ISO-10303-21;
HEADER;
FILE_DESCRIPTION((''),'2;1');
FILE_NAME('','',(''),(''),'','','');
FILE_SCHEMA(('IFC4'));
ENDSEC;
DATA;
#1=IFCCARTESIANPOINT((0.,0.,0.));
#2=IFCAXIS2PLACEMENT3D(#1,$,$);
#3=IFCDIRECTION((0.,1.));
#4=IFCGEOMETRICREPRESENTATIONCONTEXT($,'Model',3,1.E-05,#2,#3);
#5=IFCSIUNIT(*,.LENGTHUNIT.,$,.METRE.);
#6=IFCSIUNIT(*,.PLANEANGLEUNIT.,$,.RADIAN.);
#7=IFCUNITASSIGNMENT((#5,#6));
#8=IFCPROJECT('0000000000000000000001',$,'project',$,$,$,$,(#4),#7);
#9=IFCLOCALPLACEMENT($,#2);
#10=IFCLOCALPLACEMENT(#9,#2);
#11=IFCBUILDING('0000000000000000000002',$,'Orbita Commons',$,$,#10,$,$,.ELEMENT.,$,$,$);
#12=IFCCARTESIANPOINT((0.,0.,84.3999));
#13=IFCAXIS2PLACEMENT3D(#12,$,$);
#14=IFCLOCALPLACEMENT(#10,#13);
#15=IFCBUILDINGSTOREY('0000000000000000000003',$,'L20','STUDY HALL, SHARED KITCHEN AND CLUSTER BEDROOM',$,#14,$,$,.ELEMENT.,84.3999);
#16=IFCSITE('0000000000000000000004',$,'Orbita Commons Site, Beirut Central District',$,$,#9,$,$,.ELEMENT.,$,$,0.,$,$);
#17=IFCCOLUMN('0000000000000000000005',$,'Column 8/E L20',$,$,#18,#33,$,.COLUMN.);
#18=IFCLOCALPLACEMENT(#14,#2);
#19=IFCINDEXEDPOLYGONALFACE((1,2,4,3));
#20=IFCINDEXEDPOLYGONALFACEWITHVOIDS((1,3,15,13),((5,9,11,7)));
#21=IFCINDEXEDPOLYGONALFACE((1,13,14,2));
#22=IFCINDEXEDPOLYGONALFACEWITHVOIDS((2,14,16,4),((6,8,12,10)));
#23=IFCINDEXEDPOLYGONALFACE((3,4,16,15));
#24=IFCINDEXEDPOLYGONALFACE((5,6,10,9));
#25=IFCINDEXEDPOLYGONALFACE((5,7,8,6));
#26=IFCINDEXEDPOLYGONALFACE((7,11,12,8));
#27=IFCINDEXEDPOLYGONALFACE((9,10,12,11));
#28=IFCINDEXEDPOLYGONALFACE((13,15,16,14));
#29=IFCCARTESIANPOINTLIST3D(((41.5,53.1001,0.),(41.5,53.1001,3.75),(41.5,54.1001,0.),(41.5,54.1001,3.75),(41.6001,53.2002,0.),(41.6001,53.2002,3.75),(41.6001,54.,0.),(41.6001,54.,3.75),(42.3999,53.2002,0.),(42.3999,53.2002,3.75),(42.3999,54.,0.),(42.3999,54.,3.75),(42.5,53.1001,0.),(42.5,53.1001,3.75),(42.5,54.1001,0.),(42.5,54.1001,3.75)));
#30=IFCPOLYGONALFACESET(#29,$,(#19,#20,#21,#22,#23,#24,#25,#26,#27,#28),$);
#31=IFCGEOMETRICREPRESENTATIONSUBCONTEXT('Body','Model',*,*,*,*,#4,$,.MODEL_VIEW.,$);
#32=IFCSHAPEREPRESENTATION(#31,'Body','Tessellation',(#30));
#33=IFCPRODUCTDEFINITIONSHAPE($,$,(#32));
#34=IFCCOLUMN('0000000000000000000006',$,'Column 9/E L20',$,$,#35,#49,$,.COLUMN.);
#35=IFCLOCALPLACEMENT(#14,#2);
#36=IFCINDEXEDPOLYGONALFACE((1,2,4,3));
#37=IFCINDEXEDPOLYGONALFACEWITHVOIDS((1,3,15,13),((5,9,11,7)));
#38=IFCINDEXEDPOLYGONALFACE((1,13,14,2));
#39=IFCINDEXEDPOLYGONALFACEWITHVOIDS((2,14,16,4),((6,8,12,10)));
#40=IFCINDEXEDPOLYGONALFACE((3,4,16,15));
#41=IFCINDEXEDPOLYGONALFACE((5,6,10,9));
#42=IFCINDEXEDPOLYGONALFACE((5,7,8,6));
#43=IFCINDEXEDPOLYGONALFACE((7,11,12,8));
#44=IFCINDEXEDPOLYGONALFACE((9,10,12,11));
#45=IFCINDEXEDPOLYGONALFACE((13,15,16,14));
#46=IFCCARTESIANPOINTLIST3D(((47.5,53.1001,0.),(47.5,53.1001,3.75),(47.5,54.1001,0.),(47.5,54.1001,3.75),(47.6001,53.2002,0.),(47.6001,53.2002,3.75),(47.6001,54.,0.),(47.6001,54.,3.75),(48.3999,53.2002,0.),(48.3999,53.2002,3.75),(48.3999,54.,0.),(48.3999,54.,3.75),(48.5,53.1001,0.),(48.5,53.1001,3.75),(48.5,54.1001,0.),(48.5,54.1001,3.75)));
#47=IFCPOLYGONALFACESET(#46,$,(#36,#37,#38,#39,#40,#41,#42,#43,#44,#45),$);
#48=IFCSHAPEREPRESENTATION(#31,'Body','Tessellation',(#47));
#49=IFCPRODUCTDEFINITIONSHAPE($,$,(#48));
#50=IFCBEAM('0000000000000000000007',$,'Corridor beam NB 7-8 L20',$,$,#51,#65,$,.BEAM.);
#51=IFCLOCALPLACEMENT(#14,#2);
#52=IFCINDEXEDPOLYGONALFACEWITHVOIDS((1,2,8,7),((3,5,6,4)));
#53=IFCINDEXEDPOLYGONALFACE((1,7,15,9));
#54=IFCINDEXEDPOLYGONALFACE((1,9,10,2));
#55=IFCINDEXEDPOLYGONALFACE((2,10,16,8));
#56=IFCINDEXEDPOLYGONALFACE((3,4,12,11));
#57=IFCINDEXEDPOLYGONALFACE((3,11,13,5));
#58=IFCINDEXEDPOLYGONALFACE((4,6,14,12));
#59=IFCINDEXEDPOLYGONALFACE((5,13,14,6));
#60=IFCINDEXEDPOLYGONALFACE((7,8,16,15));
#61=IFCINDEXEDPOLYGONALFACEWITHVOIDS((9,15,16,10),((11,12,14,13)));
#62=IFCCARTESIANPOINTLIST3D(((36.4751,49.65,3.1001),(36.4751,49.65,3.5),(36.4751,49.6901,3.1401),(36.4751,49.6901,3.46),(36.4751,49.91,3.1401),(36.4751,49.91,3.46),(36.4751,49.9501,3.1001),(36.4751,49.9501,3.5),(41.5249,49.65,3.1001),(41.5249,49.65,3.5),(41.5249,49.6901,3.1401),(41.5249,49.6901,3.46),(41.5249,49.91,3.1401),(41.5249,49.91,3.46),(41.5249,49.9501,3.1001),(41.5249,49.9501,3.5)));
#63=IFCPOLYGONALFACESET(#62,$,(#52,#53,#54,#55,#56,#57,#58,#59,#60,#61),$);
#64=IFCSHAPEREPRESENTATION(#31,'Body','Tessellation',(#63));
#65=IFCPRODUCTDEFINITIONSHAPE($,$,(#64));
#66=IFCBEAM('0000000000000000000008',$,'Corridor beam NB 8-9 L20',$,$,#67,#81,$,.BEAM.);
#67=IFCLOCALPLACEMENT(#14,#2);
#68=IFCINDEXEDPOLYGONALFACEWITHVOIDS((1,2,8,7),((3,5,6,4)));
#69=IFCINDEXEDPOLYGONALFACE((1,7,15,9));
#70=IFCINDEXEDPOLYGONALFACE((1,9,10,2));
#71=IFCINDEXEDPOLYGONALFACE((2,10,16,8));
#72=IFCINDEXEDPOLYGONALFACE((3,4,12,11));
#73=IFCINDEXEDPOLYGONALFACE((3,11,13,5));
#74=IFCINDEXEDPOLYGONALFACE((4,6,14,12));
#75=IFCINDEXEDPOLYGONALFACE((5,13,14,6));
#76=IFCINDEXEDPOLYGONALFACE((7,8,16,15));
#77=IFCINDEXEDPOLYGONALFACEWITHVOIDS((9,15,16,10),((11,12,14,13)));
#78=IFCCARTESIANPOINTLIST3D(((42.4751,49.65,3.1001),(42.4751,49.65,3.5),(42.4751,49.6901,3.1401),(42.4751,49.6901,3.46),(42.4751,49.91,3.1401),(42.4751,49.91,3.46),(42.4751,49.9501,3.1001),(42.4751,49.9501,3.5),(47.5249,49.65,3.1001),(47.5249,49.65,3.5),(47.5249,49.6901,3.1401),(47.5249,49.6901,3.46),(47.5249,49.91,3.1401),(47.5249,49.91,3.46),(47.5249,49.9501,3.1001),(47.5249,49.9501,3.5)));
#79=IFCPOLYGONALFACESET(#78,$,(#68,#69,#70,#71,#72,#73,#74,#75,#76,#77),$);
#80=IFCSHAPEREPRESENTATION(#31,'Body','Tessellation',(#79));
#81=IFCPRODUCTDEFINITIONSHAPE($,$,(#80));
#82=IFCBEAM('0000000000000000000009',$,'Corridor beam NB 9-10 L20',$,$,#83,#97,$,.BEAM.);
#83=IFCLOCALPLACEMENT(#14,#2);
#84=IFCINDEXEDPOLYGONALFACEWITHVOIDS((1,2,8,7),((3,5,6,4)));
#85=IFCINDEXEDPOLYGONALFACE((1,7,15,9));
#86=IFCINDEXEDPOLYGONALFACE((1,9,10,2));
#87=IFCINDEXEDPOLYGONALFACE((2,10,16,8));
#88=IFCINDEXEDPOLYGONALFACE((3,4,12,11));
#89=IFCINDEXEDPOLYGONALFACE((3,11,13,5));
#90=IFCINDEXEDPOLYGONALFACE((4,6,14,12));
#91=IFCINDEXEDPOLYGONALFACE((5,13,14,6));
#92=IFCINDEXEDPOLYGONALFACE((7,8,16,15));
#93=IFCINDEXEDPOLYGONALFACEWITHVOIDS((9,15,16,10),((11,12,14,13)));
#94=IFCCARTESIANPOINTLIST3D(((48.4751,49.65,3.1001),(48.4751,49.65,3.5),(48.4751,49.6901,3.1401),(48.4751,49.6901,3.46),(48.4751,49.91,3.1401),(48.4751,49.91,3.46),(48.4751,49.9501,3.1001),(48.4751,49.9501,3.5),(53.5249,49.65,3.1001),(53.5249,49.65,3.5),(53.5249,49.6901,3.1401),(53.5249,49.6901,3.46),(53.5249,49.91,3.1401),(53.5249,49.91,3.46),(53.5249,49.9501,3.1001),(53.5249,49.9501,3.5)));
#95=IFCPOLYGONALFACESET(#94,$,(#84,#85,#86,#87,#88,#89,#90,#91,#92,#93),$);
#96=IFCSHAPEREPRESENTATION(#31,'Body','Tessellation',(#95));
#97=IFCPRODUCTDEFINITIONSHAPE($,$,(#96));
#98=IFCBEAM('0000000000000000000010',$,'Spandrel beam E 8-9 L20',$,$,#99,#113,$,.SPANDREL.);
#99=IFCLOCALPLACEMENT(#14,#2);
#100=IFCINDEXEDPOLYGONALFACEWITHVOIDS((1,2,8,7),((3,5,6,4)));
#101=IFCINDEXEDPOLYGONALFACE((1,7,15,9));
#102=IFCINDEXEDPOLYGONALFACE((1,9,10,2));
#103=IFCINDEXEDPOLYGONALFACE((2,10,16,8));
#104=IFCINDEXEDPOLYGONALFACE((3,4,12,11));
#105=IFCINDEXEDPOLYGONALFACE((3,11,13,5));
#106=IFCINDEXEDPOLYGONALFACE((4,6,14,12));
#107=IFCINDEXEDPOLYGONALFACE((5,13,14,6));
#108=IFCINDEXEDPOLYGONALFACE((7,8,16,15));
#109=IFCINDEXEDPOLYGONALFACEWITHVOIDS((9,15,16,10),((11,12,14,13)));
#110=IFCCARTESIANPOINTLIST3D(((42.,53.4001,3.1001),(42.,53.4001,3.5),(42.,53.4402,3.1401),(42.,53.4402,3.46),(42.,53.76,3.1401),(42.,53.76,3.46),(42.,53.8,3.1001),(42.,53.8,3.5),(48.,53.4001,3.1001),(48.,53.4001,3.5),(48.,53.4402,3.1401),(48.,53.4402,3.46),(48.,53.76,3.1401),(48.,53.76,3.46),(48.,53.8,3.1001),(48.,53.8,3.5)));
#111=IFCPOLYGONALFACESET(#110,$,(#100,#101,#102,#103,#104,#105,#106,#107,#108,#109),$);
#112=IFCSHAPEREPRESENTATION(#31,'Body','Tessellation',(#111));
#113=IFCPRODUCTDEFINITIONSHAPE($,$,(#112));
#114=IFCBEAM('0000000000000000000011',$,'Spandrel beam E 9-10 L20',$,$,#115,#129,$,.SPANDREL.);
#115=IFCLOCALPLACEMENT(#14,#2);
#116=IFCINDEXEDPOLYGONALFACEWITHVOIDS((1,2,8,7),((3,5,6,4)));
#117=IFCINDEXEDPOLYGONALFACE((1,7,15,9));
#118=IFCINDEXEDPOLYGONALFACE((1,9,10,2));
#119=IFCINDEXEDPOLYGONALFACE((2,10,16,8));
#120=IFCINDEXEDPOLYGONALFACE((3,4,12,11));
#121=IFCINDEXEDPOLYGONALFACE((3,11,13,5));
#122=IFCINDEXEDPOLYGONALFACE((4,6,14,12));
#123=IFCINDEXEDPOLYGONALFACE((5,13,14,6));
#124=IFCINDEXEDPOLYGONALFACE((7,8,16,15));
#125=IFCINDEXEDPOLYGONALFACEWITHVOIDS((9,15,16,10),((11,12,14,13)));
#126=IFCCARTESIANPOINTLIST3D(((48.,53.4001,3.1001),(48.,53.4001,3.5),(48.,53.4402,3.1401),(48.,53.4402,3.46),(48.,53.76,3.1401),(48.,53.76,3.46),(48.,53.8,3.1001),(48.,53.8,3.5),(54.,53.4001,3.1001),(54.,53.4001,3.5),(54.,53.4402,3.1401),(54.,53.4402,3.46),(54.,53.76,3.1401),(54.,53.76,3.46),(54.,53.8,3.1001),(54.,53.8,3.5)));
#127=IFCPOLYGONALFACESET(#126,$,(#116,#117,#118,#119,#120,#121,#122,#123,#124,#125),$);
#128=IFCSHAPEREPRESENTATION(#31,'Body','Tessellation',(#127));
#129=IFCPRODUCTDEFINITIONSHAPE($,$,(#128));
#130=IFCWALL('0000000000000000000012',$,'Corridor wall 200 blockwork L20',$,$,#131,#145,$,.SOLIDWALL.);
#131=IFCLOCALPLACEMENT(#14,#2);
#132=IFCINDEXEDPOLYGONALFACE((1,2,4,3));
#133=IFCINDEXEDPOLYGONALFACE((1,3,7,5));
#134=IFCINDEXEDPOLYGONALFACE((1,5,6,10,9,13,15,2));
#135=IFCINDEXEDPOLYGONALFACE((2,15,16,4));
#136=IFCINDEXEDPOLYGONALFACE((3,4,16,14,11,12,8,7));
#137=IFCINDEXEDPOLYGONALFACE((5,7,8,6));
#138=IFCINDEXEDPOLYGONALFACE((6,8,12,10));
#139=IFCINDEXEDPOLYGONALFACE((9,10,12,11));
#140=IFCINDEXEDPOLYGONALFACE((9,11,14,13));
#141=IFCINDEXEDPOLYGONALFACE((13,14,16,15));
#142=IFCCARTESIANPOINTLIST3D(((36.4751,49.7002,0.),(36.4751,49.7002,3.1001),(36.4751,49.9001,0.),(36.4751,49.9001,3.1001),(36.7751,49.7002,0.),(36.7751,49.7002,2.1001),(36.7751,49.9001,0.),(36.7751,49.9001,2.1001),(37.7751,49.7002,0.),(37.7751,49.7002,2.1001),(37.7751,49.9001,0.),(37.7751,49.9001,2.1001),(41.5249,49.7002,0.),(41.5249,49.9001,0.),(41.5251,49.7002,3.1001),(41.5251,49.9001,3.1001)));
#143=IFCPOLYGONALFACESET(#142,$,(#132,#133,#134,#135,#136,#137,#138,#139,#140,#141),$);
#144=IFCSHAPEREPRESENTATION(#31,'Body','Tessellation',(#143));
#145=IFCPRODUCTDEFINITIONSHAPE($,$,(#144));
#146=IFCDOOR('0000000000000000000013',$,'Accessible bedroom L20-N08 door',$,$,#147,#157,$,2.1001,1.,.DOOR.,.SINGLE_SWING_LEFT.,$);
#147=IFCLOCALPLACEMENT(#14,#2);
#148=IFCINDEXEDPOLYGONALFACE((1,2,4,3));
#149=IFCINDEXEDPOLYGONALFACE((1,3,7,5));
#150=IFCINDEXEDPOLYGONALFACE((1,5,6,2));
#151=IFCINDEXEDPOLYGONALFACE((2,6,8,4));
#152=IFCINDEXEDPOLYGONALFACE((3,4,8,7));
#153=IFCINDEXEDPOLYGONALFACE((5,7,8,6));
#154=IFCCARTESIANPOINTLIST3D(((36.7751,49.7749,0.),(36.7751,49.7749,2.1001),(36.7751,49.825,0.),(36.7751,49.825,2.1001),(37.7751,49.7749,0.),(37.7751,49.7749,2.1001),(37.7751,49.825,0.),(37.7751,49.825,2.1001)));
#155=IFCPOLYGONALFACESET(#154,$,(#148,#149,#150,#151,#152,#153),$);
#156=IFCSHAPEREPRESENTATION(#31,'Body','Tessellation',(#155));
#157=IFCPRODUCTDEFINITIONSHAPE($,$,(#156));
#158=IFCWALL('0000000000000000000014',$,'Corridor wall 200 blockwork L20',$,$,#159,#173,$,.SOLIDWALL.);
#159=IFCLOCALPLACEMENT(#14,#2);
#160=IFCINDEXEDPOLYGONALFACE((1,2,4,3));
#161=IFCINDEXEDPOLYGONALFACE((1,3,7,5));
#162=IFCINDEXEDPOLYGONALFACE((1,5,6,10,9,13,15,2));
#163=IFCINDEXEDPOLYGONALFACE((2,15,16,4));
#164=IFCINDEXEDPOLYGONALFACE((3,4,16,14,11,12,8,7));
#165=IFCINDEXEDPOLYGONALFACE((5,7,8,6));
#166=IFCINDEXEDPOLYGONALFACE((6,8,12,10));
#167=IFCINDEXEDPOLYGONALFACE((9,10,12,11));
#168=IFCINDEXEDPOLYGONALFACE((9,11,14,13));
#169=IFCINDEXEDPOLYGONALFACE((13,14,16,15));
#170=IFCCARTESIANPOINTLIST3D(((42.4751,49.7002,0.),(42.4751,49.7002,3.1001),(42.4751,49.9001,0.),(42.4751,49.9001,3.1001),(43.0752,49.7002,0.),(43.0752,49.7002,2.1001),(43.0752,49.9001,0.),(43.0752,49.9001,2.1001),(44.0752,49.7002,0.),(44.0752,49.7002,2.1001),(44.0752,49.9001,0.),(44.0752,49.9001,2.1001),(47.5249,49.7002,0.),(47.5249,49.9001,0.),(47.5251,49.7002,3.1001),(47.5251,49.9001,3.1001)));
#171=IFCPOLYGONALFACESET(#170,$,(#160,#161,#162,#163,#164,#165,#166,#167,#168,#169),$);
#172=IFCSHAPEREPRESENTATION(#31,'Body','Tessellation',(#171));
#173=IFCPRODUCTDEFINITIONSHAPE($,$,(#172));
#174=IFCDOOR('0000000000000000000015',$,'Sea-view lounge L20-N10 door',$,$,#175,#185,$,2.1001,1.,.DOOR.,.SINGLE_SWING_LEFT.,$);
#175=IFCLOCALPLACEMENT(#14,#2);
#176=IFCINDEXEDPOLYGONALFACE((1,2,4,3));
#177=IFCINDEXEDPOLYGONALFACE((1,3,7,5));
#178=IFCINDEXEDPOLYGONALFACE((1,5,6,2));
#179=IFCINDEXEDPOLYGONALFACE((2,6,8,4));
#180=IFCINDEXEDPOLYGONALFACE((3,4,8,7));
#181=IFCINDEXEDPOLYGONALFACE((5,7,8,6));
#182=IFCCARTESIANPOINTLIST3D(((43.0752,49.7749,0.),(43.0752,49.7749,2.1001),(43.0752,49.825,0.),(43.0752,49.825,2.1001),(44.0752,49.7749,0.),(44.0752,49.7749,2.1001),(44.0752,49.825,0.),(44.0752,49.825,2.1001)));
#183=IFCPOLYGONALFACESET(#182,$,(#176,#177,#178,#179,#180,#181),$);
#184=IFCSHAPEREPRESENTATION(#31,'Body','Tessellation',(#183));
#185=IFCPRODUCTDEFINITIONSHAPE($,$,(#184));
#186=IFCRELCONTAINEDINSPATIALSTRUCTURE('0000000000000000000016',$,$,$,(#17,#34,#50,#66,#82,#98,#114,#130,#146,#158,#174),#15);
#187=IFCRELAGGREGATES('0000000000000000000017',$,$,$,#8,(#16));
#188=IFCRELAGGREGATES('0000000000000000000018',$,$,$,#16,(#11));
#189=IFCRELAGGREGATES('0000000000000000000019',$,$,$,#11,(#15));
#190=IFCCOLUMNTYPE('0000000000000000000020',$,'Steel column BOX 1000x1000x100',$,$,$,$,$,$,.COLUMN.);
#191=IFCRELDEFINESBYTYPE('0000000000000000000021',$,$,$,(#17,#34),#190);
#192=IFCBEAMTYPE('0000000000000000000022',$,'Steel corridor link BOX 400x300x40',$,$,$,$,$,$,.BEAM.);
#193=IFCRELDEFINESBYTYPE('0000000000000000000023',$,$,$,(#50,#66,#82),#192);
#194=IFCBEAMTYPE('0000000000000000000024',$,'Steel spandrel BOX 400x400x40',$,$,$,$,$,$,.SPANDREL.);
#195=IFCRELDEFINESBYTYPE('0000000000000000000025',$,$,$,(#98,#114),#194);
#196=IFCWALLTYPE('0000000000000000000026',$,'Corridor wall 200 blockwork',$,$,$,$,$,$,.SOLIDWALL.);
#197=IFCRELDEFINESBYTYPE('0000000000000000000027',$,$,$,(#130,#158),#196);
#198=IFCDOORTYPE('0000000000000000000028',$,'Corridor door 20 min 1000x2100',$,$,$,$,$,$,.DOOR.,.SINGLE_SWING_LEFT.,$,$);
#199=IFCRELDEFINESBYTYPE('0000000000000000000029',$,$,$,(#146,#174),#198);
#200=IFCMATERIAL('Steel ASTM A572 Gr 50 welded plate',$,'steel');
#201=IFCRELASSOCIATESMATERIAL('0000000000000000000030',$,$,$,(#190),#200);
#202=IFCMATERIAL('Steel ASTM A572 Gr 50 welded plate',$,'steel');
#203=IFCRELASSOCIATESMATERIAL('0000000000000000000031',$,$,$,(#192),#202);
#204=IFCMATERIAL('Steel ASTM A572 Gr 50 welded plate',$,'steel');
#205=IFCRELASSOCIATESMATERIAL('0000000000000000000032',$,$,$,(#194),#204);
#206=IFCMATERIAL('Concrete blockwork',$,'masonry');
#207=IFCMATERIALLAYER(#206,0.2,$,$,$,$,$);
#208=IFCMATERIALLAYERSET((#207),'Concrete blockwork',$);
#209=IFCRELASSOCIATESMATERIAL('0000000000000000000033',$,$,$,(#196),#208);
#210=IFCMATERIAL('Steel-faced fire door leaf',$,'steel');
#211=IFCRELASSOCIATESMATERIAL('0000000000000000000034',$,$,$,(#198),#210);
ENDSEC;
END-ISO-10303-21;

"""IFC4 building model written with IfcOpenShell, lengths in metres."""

from ifc_helpers import new_model, si_unit, direction, frame, frame_2d, origin, origin_2d, place, context, subcontext, project, spatial, polyline, rectangle, hollow_rectangle, outline, extrude, material, layer, layer_set, material_profile, profile_set, type_object, element, fill, save


model = new_model("IFC4")

# Units and contexts
model_context = context("Model", 3, precision=1e-05, world=origin(), true_north=direction((0.0, 1.0)))
body_context = subcontext(model_context, "Body", "Model", "MODEL_VIEW")
ifc_project = project(units=[si_unit("LENGTHUNIT", "METRE"), si_unit("PLANEANGLEUNIT", "RADIAN")], contexts=[model_context])

# Site, building, storey
site_placement = place(None, origin())
site = spatial("IfcSite", under=ifc_project, at=site_placement, Name="Orbita Commons Site, Beirut Central District", CompositionType="ELEMENT", RefElevation=0.0)
building_placement = place(site_placement, origin())
building = spatial("IfcBuilding", under=site, at=building_placement, Name="Orbita Commons", CompositionType="ELEMENT")
storey_placement = place(building_placement, frame((0.0, 0.0, 84.3999)))
storey = spatial("IfcBuildingStorey", under=building, at=storey_placement, Name="L20", Description="STUDY HALL, SHARED KITCHEN AND CLUSTER BEDROOM", CompositionType="ELEMENT", Elevation=84.3999)

# Columns
ifc_material_1 = material(Name="Steel ASTM A572 Gr 50 welded plate", Category="steel")
ifc_material_profile_1 = material_profile(ifc_material_1, hollow_rectangle(XDim=1.0, YDim=1.0, WallThickness=0.1001, at=origin_2d()), Name="BOX 1000x1000x100")
ifc_profile_set_1 = profile_set([ifc_material_profile_1], Name="Steel ASTM A572 Gr 50 welded plate")
column_type = type_object("IfcColumnType", Name="Steel column BOX 1000x1000x100", PredefinedType="COLUMN", material=ifc_profile_set_1)
for number, where, z_axis, x_axis, name in (
    (1, (42.0, 53.6001, 0.0), (0.0, 0.0, 1.0), (1.0, 0.0, 0.0), "Column 8/E L20"),
    (2, (48.0, 53.6001, 0.0), (0.0, 0.0, 1.0), (1.0, 0.0, 0.0), "Column 9/E L20"),
):
    element("IfcColumn", number, at=place(storey_placement, frame(where, z_axis=z_axis, x_axis=x_axis)), inside=storey, type_object=column_type, Name=name, PredefinedType="COLUMN", context=body_context, shape_type="SweptSolid", body=[
        extrude(hollow_rectangle(XDim=1.0, YDim=1.0, WallThickness=0.1001, at=origin_2d()), origin(), (0.0, 0.0, 1.0), 3.75),
    ])

# Beams
ifc_material_2 = material(Name="Steel ASTM A572 Gr 50 welded plate", Category="steel")
ifc_material_profile_2 = material_profile(ifc_material_2, hollow_rectangle(XDim=0.3, YDim=0.3999, WallThickness=0.04, at=origin_2d()), Name="BOX 400x300x40")
ifc_profile_set_2 = profile_set([ifc_material_profile_2], Name="Steel ASTM A572 Gr 50 welded plate")
beam_type_1 = type_object("IfcBeamType", Name="Steel corridor link BOX 400x300x40", PredefinedType="BEAM", material=ifc_profile_set_2)
for number, where, z_axis, x_axis, name in (
    (3, (36.4751, 49.8, 3.3), (1.0, 0.0, 0.0), (0.0, 1.0, 0.0), "Corridor beam NB 7-8 L20"),
    (4, (42.4751, 49.8, 3.3), (1.0, 0.0, 0.0), (0.0, 1.0, 0.0), "Corridor beam NB 8-9 L20"),
    (5, (48.4751, 49.8, 3.3), (1.0, 0.0, 0.0), (0.0, 1.0, 0.0), "Corridor beam NB 9-10 L20"),
):
    element("IfcBeam", number, at=place(storey_placement, frame(where, z_axis=z_axis, x_axis=x_axis)), inside=storey, type_object=beam_type_1, Name=name, PredefinedType="BEAM", context=body_context, shape_type="SweptSolid", body=[
        extrude(hollow_rectangle(XDim=0.3, YDim=0.3999, WallThickness=0.04, at=origin_2d()), origin(), (0.0, 0.0, 1.0), 5.0498),
    ])
ifc_material_3 = material(Name="Steel ASTM A572 Gr 50 welded plate", Category="steel")
ifc_material_profile_3 = material_profile(ifc_material_3, hollow_rectangle(XDim=0.3999, YDim=0.3999, WallThickness=0.04, at=origin_2d()), Name="BOX 400x400x40")
ifc_profile_set_3 = profile_set([ifc_material_profile_3], Name="Steel ASTM A572 Gr 50 welded plate")
beam_type_2 = type_object("IfcBeamType", Name="Steel spandrel BOX 400x400x40", PredefinedType="SPANDREL", material=ifc_profile_set_3)
for number, where, z_axis, x_axis, name in (
    (6, (42.0, 53.6001, 3.3), (1.0, 0.0, 0.0), (0.0, 1.0, 0.0), "Spandrel beam E 8-9 L20"),
    (7, (48.0, 53.6001, 3.3), (1.0, 0.0, 0.0), (0.0, 1.0, 0.0), "Spandrel beam E 9-10 L20"),
):
    element("IfcBeam", number, at=place(storey_placement, frame(where, z_axis=z_axis, x_axis=x_axis)), inside=storey, type_object=beam_type_2, Name=name, PredefinedType="SPANDREL", context=body_context, shape_type="SweptSolid", body=[
        extrude(hollow_rectangle(XDim=0.3999, YDim=0.3999, WallThickness=0.04, at=origin_2d()), origin(), (0.0, 0.0, 1.0), 6.0),
    ])

# Walls, openings, doors
ifc_material_4 = material(Name="Concrete blockwork", Category="masonry")
ifc_layer_1 = layer(ifc_material_4, 0.2)
ifc_layer_set_1 = layer_set([ifc_layer_1], Name="Concrete blockwork")
wall_type_1 = type_object("IfcWallType", Name="Corridor wall 200 blockwork", PredefinedType="SOLIDWALL", material=ifc_layer_set_1)
wall_1_placement = place(storey_placement, frame((36.4751, 49.8, 0.0), z_axis=(0.0, 0.0, 1.0), x_axis=(1.0, 0.0, 0.0)))
wall_1 = element("IfcWall", 8, at=wall_1_placement, inside=storey, type_object=wall_type_1, Name="Corridor wall 200 blockwork L20", PredefinedType="SOLIDWALL", context=body_context, shape_type="SweptSolid", body=[
    extrude(outline(polyline([(0.0, 0.0), (5.0498, 0.0), (5.05, 3.1001), (0.0, 3.1001), (0.0, 0.0)])), frame((0.0, 0.1001, 0.0), z_axis=(0.0, -1.0, 0.0), x_axis=(1.0, 0.0, 0.0)), (0.0, 0.0, 1.0), 0.2),
])
opening_1_placement = place(wall_1_placement, frame((0.3, 0.0, 0.0)))
opening_1 = element("IfcOpeningElement", 9, at=opening_1_placement, cuts=wall_1, PredefinedType="OPENING", context=body_context, shape_type="SweptSolid", body=[
    extrude(rectangle(XDim=1.0, YDim=2.1001, at=frame_2d((0.5, 1.05))), frame((0.0, 0.1099, 0.0), z_axis=(0.0, -1.0, 0.0), x_axis=(1.0, 0.0, 0.0)), (0.0, 0.0, 1.0), 0.22),
])
ifc_material_5 = material(Name="Steel-faced fire door leaf", Category="steel")
door_type_1 = type_object("IfcDoorType", Name="Corridor door 20 min 1000x2100", OperationType="SINGLE_SWING_LEFT", PredefinedType="DOOR", material=ifc_material_5)
door_1_placement = place(opening_1_placement, origin())
door_1 = element("IfcDoor", 10, at=door_1_placement, inside=storey, type_object=door_type_1, Name="Accessible bedroom L20-N08 door", OperationType="SINGLE_SWING_LEFT", OverallHeight=2.1001, OverallWidth=1.0, PredefinedType="DOOR", context=body_context, shape_type="SweptSolid", body=[
    extrude(rectangle(XDim=1.0, YDim=2.1001, at=frame_2d((0.5, 1.05))), frame((0.0, 0.0249, 0.0), z_axis=(0.0, -1.0, 0.0), x_axis=(1.0, 0.0, 0.0)), (0.0, 0.0, 1.0), 0.05),
])
fill(opening_1, door_1)
wall_2_placement = place(storey_placement, frame((42.4751, 49.8, 0.0), z_axis=(0.0, 0.0, 1.0), x_axis=(1.0, 0.0, 0.0)))
wall_2 = element("IfcWall", 11, at=wall_2_placement, inside=storey, type_object=wall_type_1, Name="Corridor wall 200 blockwork L20", PredefinedType="SOLIDWALL", context=body_context, shape_type="SweptSolid", body=[
    extrude(outline(polyline([(0.0, 0.0), (5.0498, 0.0), (5.05, 3.1001), (0.0, 3.1001), (0.0, 0.0)])), frame((0.0, 0.1001, 0.0), z_axis=(0.0, -1.0, 0.0), x_axis=(1.0, 0.0, 0.0)), (0.0, 0.0, 1.0), 0.2),
])
opening_2_placement = place(wall_2_placement, frame((0.6001, 0.0, 0.0)))
opening_2 = element("IfcOpeningElement", 12, at=opening_2_placement, cuts=wall_2, PredefinedType="OPENING", context=body_context, shape_type="SweptSolid", body=[
    extrude(rectangle(XDim=1.0, YDim=2.1001, at=frame_2d((0.5, 1.05))), frame((0.0, 0.1099, 0.0), z_axis=(0.0, -1.0, 0.0), x_axis=(1.0, 0.0, 0.0)), (0.0, 0.0, 1.0), 0.22),
])
door_2_placement = place(opening_2_placement, origin())
door_2 = element("IfcDoor", 13, at=door_2_placement, inside=storey, type_object=door_type_1, Name="Sea-view lounge L20-N10 door", OperationType="SINGLE_SWING_LEFT", OverallHeight=2.1001, OverallWidth=1.0, PredefinedType="DOOR", context=body_context, shape_type="SweptSolid", body=[
    extrude(rectangle(XDim=1.0, YDim=2.1001, at=frame_2d((0.5, 1.05))), frame((0.0, 0.0249, 0.0), z_axis=(0.0, -1.0, 0.0), x_axis=(1.0, 0.0, 0.0)), (0.0, 0.0, 1.0), 0.05),
])
fill(opening_2, door_2)

save(model, "model.ifc")
